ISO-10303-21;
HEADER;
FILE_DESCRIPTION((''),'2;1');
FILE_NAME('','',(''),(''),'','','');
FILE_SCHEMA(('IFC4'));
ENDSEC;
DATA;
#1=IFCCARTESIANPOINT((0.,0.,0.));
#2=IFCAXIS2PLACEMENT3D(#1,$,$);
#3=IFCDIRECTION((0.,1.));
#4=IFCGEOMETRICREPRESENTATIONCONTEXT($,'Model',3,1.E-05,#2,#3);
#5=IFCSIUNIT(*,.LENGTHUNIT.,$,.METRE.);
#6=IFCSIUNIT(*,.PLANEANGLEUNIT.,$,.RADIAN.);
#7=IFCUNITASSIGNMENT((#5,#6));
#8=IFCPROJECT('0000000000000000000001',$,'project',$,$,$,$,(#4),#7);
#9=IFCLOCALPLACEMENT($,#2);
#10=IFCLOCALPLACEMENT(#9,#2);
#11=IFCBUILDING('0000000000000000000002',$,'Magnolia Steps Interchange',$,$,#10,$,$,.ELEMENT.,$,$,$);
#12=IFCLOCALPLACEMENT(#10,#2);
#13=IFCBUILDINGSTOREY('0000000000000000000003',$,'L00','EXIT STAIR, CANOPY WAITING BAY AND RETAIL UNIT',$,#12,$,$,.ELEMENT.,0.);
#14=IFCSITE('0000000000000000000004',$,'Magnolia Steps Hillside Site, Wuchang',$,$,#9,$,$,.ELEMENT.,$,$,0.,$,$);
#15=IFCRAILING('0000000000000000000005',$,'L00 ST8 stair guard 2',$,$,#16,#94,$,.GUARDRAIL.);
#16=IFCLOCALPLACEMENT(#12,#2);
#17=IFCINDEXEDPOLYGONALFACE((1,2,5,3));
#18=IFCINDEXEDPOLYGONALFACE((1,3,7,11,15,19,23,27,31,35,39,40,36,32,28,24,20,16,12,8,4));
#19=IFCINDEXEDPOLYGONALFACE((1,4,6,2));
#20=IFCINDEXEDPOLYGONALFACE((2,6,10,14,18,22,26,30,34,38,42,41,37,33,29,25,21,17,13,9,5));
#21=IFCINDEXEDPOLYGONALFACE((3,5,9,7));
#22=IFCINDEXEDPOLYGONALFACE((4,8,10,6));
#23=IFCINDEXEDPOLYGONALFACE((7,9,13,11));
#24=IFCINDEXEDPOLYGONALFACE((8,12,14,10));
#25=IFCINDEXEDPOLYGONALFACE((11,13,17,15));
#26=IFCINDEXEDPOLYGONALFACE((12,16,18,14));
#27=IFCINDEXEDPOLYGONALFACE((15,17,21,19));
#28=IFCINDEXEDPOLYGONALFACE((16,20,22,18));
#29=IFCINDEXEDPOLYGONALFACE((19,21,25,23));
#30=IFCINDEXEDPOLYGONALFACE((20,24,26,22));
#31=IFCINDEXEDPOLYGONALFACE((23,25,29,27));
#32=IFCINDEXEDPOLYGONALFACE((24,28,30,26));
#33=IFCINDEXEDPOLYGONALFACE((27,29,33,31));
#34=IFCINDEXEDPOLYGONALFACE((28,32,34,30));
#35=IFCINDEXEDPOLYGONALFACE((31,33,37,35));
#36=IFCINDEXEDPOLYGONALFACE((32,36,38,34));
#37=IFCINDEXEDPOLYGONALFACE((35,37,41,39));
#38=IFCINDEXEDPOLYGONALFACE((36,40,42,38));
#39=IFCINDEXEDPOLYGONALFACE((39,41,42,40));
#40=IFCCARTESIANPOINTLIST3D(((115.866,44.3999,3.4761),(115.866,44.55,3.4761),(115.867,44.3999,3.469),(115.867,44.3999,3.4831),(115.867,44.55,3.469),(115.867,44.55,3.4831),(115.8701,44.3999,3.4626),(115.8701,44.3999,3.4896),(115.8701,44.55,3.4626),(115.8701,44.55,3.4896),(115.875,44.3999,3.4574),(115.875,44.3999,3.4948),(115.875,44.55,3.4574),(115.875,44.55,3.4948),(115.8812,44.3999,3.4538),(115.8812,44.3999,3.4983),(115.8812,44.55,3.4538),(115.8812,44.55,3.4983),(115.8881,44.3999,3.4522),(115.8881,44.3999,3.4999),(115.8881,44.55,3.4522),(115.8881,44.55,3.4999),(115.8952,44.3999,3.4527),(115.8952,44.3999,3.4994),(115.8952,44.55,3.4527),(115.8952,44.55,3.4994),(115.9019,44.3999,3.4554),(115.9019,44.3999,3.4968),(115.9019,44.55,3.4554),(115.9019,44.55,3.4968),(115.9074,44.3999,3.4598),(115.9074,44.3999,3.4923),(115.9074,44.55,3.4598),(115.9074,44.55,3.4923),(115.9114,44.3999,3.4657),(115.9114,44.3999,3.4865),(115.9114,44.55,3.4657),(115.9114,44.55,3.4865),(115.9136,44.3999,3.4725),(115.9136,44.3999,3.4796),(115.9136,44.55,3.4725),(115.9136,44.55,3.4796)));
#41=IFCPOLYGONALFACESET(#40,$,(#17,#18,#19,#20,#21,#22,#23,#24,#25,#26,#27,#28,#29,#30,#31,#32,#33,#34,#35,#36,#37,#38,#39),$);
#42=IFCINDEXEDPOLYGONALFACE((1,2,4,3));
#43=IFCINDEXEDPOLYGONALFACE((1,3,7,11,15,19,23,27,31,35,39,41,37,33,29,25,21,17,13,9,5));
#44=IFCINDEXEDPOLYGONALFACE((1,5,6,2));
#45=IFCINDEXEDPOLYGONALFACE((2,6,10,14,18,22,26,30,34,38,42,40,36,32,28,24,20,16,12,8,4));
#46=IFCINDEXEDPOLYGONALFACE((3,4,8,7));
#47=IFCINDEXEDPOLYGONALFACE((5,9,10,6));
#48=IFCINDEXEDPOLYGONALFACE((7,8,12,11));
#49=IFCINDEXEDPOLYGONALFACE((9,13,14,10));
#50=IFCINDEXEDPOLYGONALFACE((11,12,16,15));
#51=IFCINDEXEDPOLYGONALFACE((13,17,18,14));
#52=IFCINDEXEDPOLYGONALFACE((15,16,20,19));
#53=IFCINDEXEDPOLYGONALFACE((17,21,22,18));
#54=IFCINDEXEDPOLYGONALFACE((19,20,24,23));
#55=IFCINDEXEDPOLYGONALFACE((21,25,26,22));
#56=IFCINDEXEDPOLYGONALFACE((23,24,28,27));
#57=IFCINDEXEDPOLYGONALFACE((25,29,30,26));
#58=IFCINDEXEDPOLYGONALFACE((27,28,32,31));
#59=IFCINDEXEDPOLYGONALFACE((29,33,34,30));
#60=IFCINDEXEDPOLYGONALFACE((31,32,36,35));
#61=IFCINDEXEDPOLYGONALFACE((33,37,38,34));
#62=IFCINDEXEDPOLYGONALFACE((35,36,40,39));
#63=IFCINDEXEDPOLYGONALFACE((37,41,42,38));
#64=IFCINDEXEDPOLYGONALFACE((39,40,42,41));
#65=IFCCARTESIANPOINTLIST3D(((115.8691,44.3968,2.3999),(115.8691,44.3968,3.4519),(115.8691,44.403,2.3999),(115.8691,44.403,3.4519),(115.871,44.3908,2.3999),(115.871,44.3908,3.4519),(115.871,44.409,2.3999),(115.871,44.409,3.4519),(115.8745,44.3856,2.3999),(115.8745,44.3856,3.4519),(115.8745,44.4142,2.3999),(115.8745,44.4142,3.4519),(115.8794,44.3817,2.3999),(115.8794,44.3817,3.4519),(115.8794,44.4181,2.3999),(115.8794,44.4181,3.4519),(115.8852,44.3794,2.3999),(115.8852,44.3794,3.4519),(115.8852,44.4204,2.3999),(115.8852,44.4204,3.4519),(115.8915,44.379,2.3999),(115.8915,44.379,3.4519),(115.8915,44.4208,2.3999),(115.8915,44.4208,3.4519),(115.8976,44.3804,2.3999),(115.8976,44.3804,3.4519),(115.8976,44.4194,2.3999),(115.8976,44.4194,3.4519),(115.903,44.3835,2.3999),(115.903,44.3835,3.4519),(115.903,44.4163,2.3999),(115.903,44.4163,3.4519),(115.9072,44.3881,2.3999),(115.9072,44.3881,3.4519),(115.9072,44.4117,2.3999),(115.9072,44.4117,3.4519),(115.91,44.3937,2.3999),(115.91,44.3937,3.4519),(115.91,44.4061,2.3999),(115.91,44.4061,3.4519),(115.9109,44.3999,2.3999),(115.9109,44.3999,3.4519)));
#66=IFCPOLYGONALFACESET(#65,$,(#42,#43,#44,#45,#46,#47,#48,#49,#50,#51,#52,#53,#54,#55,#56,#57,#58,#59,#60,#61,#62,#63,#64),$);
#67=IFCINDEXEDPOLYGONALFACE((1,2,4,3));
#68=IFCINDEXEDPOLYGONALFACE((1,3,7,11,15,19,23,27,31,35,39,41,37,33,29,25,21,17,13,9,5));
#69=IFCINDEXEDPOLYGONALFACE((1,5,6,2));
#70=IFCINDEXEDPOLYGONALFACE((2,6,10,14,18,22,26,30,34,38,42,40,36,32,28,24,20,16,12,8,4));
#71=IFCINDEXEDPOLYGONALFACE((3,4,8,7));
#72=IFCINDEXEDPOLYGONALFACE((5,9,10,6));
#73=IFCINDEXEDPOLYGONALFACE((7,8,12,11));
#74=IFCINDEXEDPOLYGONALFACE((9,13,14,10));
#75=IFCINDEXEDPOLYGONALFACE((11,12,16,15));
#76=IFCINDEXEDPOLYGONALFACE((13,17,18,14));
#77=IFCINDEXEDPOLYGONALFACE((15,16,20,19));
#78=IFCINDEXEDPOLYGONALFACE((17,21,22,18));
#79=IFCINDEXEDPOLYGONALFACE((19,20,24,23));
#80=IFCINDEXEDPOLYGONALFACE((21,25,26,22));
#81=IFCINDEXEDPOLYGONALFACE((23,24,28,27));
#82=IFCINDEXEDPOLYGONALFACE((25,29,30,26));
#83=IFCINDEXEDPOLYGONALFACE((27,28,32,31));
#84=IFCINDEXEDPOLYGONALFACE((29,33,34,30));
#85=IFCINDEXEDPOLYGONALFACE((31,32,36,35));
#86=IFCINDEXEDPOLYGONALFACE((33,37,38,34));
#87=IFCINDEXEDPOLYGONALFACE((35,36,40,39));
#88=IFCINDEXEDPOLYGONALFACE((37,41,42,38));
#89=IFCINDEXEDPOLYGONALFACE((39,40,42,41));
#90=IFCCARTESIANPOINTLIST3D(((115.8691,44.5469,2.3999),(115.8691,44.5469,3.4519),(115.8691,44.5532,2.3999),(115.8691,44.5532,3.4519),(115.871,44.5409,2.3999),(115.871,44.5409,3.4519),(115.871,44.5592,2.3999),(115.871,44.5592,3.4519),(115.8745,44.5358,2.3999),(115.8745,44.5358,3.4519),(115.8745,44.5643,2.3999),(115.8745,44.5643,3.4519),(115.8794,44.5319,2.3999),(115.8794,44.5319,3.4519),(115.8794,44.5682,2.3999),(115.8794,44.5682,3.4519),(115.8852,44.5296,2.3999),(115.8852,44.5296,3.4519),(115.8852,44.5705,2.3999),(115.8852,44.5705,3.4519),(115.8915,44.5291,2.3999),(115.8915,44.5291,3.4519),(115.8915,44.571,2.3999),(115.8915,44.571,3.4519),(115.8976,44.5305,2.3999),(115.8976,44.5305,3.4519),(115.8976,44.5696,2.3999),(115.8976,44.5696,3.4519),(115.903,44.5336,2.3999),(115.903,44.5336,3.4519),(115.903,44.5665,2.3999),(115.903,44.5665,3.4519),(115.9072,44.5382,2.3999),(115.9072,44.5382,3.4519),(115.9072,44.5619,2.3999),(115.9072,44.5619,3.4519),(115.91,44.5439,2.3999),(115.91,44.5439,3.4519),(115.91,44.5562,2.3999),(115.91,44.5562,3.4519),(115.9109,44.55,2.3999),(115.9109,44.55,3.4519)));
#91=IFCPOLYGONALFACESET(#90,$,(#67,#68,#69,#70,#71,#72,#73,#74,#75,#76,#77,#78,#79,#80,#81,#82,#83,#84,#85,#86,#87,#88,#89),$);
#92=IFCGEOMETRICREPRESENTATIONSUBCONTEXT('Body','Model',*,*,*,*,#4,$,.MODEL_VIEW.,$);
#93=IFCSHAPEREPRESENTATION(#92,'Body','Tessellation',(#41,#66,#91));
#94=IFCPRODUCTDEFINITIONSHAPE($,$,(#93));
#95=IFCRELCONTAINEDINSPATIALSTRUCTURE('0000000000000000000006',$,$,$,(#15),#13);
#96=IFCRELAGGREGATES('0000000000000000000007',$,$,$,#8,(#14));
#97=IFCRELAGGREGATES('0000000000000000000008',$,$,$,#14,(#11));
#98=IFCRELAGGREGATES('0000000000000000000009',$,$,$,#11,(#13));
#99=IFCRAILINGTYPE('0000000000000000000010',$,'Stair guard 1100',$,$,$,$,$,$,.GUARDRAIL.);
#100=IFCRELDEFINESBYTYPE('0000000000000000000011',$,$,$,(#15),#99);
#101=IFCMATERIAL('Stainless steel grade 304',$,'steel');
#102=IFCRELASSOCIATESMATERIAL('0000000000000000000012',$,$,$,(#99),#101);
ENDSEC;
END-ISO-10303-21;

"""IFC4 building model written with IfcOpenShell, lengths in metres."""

from ifc_helpers import new_model, si_unit, direction, frame, origin, origin_2d, place, context, subcontext, project, spatial, circle, extrude, material, type_object, element, save


model = new_model("IFC4")

# Units and contexts
model_context = context("Model", 3, precision=1e-05, world=origin(), true_north=direction((0.0, 1.0)))
body_context = subcontext(model_context, "Body", "Model", "MODEL_VIEW")
ifc_project = project(units=[si_unit("LENGTHUNIT", "METRE"), si_unit("PLANEANGLEUNIT", "RADIAN")], contexts=[model_context])

# Site, building, storey
site_placement = place(None, origin())
site = spatial("IfcSite", under=ifc_project, at=site_placement, Name="Magnolia Steps Hillside Site, Wuchang", CompositionType="ELEMENT", RefElevation=0.0)
building_placement = place(site_placement, origin())
building = spatial("IfcBuilding", under=site, at=building_placement, Name="Magnolia Steps Interchange", CompositionType="ELEMENT")
storey_placement = place(building_placement, origin())
storey = spatial("IfcBuildingStorey", under=building, at=storey_placement, Name="L00", Description="EXIT STAIR, CANOPY WAITING BAY AND RETAIL UNIT", CompositionType="ELEMENT", Elevation=0.0)

# Railing
ifc_material_1 = material(Name="Stainless steel grade 304", Category="steel")
railing_type_1 = type_object("IfcRailingType", Name="Stair guard 1100", PredefinedType="GUARDRAIL", material=ifc_material_1)
railing_1_placement = place(storey_placement, frame((115.8899, 44.3999, 2.3999)))
element("IfcRailing", 1, at=railing_1_placement, inside=storey, type_object=railing_type_1, Name="L00 ST8 stair guard 2", PredefinedType="GUARDRAIL", context=body_context, shape_type="SweptSolid", body=[
    extrude(circle(Radius=0.0239, at=origin_2d()), frame((0.0, 0.0, 1.0762), z_axis=(0.0, 1.0, 0.0), x_axis=(-1.0, 0.0, 0.0)), (0.0, 0.0, 1.0), 0.1501),
    extrude(circle(Radius=0.021, at=origin_2d()), origin(), (0.0, 0.0, 1.0), 1.052),
    extrude(circle(Radius=0.021, at=origin_2d()), frame((0.0, 0.1501, 0.0)), (0.0, 0.0, 1.0), 1.052),
])

save(model, "model.ifc")
